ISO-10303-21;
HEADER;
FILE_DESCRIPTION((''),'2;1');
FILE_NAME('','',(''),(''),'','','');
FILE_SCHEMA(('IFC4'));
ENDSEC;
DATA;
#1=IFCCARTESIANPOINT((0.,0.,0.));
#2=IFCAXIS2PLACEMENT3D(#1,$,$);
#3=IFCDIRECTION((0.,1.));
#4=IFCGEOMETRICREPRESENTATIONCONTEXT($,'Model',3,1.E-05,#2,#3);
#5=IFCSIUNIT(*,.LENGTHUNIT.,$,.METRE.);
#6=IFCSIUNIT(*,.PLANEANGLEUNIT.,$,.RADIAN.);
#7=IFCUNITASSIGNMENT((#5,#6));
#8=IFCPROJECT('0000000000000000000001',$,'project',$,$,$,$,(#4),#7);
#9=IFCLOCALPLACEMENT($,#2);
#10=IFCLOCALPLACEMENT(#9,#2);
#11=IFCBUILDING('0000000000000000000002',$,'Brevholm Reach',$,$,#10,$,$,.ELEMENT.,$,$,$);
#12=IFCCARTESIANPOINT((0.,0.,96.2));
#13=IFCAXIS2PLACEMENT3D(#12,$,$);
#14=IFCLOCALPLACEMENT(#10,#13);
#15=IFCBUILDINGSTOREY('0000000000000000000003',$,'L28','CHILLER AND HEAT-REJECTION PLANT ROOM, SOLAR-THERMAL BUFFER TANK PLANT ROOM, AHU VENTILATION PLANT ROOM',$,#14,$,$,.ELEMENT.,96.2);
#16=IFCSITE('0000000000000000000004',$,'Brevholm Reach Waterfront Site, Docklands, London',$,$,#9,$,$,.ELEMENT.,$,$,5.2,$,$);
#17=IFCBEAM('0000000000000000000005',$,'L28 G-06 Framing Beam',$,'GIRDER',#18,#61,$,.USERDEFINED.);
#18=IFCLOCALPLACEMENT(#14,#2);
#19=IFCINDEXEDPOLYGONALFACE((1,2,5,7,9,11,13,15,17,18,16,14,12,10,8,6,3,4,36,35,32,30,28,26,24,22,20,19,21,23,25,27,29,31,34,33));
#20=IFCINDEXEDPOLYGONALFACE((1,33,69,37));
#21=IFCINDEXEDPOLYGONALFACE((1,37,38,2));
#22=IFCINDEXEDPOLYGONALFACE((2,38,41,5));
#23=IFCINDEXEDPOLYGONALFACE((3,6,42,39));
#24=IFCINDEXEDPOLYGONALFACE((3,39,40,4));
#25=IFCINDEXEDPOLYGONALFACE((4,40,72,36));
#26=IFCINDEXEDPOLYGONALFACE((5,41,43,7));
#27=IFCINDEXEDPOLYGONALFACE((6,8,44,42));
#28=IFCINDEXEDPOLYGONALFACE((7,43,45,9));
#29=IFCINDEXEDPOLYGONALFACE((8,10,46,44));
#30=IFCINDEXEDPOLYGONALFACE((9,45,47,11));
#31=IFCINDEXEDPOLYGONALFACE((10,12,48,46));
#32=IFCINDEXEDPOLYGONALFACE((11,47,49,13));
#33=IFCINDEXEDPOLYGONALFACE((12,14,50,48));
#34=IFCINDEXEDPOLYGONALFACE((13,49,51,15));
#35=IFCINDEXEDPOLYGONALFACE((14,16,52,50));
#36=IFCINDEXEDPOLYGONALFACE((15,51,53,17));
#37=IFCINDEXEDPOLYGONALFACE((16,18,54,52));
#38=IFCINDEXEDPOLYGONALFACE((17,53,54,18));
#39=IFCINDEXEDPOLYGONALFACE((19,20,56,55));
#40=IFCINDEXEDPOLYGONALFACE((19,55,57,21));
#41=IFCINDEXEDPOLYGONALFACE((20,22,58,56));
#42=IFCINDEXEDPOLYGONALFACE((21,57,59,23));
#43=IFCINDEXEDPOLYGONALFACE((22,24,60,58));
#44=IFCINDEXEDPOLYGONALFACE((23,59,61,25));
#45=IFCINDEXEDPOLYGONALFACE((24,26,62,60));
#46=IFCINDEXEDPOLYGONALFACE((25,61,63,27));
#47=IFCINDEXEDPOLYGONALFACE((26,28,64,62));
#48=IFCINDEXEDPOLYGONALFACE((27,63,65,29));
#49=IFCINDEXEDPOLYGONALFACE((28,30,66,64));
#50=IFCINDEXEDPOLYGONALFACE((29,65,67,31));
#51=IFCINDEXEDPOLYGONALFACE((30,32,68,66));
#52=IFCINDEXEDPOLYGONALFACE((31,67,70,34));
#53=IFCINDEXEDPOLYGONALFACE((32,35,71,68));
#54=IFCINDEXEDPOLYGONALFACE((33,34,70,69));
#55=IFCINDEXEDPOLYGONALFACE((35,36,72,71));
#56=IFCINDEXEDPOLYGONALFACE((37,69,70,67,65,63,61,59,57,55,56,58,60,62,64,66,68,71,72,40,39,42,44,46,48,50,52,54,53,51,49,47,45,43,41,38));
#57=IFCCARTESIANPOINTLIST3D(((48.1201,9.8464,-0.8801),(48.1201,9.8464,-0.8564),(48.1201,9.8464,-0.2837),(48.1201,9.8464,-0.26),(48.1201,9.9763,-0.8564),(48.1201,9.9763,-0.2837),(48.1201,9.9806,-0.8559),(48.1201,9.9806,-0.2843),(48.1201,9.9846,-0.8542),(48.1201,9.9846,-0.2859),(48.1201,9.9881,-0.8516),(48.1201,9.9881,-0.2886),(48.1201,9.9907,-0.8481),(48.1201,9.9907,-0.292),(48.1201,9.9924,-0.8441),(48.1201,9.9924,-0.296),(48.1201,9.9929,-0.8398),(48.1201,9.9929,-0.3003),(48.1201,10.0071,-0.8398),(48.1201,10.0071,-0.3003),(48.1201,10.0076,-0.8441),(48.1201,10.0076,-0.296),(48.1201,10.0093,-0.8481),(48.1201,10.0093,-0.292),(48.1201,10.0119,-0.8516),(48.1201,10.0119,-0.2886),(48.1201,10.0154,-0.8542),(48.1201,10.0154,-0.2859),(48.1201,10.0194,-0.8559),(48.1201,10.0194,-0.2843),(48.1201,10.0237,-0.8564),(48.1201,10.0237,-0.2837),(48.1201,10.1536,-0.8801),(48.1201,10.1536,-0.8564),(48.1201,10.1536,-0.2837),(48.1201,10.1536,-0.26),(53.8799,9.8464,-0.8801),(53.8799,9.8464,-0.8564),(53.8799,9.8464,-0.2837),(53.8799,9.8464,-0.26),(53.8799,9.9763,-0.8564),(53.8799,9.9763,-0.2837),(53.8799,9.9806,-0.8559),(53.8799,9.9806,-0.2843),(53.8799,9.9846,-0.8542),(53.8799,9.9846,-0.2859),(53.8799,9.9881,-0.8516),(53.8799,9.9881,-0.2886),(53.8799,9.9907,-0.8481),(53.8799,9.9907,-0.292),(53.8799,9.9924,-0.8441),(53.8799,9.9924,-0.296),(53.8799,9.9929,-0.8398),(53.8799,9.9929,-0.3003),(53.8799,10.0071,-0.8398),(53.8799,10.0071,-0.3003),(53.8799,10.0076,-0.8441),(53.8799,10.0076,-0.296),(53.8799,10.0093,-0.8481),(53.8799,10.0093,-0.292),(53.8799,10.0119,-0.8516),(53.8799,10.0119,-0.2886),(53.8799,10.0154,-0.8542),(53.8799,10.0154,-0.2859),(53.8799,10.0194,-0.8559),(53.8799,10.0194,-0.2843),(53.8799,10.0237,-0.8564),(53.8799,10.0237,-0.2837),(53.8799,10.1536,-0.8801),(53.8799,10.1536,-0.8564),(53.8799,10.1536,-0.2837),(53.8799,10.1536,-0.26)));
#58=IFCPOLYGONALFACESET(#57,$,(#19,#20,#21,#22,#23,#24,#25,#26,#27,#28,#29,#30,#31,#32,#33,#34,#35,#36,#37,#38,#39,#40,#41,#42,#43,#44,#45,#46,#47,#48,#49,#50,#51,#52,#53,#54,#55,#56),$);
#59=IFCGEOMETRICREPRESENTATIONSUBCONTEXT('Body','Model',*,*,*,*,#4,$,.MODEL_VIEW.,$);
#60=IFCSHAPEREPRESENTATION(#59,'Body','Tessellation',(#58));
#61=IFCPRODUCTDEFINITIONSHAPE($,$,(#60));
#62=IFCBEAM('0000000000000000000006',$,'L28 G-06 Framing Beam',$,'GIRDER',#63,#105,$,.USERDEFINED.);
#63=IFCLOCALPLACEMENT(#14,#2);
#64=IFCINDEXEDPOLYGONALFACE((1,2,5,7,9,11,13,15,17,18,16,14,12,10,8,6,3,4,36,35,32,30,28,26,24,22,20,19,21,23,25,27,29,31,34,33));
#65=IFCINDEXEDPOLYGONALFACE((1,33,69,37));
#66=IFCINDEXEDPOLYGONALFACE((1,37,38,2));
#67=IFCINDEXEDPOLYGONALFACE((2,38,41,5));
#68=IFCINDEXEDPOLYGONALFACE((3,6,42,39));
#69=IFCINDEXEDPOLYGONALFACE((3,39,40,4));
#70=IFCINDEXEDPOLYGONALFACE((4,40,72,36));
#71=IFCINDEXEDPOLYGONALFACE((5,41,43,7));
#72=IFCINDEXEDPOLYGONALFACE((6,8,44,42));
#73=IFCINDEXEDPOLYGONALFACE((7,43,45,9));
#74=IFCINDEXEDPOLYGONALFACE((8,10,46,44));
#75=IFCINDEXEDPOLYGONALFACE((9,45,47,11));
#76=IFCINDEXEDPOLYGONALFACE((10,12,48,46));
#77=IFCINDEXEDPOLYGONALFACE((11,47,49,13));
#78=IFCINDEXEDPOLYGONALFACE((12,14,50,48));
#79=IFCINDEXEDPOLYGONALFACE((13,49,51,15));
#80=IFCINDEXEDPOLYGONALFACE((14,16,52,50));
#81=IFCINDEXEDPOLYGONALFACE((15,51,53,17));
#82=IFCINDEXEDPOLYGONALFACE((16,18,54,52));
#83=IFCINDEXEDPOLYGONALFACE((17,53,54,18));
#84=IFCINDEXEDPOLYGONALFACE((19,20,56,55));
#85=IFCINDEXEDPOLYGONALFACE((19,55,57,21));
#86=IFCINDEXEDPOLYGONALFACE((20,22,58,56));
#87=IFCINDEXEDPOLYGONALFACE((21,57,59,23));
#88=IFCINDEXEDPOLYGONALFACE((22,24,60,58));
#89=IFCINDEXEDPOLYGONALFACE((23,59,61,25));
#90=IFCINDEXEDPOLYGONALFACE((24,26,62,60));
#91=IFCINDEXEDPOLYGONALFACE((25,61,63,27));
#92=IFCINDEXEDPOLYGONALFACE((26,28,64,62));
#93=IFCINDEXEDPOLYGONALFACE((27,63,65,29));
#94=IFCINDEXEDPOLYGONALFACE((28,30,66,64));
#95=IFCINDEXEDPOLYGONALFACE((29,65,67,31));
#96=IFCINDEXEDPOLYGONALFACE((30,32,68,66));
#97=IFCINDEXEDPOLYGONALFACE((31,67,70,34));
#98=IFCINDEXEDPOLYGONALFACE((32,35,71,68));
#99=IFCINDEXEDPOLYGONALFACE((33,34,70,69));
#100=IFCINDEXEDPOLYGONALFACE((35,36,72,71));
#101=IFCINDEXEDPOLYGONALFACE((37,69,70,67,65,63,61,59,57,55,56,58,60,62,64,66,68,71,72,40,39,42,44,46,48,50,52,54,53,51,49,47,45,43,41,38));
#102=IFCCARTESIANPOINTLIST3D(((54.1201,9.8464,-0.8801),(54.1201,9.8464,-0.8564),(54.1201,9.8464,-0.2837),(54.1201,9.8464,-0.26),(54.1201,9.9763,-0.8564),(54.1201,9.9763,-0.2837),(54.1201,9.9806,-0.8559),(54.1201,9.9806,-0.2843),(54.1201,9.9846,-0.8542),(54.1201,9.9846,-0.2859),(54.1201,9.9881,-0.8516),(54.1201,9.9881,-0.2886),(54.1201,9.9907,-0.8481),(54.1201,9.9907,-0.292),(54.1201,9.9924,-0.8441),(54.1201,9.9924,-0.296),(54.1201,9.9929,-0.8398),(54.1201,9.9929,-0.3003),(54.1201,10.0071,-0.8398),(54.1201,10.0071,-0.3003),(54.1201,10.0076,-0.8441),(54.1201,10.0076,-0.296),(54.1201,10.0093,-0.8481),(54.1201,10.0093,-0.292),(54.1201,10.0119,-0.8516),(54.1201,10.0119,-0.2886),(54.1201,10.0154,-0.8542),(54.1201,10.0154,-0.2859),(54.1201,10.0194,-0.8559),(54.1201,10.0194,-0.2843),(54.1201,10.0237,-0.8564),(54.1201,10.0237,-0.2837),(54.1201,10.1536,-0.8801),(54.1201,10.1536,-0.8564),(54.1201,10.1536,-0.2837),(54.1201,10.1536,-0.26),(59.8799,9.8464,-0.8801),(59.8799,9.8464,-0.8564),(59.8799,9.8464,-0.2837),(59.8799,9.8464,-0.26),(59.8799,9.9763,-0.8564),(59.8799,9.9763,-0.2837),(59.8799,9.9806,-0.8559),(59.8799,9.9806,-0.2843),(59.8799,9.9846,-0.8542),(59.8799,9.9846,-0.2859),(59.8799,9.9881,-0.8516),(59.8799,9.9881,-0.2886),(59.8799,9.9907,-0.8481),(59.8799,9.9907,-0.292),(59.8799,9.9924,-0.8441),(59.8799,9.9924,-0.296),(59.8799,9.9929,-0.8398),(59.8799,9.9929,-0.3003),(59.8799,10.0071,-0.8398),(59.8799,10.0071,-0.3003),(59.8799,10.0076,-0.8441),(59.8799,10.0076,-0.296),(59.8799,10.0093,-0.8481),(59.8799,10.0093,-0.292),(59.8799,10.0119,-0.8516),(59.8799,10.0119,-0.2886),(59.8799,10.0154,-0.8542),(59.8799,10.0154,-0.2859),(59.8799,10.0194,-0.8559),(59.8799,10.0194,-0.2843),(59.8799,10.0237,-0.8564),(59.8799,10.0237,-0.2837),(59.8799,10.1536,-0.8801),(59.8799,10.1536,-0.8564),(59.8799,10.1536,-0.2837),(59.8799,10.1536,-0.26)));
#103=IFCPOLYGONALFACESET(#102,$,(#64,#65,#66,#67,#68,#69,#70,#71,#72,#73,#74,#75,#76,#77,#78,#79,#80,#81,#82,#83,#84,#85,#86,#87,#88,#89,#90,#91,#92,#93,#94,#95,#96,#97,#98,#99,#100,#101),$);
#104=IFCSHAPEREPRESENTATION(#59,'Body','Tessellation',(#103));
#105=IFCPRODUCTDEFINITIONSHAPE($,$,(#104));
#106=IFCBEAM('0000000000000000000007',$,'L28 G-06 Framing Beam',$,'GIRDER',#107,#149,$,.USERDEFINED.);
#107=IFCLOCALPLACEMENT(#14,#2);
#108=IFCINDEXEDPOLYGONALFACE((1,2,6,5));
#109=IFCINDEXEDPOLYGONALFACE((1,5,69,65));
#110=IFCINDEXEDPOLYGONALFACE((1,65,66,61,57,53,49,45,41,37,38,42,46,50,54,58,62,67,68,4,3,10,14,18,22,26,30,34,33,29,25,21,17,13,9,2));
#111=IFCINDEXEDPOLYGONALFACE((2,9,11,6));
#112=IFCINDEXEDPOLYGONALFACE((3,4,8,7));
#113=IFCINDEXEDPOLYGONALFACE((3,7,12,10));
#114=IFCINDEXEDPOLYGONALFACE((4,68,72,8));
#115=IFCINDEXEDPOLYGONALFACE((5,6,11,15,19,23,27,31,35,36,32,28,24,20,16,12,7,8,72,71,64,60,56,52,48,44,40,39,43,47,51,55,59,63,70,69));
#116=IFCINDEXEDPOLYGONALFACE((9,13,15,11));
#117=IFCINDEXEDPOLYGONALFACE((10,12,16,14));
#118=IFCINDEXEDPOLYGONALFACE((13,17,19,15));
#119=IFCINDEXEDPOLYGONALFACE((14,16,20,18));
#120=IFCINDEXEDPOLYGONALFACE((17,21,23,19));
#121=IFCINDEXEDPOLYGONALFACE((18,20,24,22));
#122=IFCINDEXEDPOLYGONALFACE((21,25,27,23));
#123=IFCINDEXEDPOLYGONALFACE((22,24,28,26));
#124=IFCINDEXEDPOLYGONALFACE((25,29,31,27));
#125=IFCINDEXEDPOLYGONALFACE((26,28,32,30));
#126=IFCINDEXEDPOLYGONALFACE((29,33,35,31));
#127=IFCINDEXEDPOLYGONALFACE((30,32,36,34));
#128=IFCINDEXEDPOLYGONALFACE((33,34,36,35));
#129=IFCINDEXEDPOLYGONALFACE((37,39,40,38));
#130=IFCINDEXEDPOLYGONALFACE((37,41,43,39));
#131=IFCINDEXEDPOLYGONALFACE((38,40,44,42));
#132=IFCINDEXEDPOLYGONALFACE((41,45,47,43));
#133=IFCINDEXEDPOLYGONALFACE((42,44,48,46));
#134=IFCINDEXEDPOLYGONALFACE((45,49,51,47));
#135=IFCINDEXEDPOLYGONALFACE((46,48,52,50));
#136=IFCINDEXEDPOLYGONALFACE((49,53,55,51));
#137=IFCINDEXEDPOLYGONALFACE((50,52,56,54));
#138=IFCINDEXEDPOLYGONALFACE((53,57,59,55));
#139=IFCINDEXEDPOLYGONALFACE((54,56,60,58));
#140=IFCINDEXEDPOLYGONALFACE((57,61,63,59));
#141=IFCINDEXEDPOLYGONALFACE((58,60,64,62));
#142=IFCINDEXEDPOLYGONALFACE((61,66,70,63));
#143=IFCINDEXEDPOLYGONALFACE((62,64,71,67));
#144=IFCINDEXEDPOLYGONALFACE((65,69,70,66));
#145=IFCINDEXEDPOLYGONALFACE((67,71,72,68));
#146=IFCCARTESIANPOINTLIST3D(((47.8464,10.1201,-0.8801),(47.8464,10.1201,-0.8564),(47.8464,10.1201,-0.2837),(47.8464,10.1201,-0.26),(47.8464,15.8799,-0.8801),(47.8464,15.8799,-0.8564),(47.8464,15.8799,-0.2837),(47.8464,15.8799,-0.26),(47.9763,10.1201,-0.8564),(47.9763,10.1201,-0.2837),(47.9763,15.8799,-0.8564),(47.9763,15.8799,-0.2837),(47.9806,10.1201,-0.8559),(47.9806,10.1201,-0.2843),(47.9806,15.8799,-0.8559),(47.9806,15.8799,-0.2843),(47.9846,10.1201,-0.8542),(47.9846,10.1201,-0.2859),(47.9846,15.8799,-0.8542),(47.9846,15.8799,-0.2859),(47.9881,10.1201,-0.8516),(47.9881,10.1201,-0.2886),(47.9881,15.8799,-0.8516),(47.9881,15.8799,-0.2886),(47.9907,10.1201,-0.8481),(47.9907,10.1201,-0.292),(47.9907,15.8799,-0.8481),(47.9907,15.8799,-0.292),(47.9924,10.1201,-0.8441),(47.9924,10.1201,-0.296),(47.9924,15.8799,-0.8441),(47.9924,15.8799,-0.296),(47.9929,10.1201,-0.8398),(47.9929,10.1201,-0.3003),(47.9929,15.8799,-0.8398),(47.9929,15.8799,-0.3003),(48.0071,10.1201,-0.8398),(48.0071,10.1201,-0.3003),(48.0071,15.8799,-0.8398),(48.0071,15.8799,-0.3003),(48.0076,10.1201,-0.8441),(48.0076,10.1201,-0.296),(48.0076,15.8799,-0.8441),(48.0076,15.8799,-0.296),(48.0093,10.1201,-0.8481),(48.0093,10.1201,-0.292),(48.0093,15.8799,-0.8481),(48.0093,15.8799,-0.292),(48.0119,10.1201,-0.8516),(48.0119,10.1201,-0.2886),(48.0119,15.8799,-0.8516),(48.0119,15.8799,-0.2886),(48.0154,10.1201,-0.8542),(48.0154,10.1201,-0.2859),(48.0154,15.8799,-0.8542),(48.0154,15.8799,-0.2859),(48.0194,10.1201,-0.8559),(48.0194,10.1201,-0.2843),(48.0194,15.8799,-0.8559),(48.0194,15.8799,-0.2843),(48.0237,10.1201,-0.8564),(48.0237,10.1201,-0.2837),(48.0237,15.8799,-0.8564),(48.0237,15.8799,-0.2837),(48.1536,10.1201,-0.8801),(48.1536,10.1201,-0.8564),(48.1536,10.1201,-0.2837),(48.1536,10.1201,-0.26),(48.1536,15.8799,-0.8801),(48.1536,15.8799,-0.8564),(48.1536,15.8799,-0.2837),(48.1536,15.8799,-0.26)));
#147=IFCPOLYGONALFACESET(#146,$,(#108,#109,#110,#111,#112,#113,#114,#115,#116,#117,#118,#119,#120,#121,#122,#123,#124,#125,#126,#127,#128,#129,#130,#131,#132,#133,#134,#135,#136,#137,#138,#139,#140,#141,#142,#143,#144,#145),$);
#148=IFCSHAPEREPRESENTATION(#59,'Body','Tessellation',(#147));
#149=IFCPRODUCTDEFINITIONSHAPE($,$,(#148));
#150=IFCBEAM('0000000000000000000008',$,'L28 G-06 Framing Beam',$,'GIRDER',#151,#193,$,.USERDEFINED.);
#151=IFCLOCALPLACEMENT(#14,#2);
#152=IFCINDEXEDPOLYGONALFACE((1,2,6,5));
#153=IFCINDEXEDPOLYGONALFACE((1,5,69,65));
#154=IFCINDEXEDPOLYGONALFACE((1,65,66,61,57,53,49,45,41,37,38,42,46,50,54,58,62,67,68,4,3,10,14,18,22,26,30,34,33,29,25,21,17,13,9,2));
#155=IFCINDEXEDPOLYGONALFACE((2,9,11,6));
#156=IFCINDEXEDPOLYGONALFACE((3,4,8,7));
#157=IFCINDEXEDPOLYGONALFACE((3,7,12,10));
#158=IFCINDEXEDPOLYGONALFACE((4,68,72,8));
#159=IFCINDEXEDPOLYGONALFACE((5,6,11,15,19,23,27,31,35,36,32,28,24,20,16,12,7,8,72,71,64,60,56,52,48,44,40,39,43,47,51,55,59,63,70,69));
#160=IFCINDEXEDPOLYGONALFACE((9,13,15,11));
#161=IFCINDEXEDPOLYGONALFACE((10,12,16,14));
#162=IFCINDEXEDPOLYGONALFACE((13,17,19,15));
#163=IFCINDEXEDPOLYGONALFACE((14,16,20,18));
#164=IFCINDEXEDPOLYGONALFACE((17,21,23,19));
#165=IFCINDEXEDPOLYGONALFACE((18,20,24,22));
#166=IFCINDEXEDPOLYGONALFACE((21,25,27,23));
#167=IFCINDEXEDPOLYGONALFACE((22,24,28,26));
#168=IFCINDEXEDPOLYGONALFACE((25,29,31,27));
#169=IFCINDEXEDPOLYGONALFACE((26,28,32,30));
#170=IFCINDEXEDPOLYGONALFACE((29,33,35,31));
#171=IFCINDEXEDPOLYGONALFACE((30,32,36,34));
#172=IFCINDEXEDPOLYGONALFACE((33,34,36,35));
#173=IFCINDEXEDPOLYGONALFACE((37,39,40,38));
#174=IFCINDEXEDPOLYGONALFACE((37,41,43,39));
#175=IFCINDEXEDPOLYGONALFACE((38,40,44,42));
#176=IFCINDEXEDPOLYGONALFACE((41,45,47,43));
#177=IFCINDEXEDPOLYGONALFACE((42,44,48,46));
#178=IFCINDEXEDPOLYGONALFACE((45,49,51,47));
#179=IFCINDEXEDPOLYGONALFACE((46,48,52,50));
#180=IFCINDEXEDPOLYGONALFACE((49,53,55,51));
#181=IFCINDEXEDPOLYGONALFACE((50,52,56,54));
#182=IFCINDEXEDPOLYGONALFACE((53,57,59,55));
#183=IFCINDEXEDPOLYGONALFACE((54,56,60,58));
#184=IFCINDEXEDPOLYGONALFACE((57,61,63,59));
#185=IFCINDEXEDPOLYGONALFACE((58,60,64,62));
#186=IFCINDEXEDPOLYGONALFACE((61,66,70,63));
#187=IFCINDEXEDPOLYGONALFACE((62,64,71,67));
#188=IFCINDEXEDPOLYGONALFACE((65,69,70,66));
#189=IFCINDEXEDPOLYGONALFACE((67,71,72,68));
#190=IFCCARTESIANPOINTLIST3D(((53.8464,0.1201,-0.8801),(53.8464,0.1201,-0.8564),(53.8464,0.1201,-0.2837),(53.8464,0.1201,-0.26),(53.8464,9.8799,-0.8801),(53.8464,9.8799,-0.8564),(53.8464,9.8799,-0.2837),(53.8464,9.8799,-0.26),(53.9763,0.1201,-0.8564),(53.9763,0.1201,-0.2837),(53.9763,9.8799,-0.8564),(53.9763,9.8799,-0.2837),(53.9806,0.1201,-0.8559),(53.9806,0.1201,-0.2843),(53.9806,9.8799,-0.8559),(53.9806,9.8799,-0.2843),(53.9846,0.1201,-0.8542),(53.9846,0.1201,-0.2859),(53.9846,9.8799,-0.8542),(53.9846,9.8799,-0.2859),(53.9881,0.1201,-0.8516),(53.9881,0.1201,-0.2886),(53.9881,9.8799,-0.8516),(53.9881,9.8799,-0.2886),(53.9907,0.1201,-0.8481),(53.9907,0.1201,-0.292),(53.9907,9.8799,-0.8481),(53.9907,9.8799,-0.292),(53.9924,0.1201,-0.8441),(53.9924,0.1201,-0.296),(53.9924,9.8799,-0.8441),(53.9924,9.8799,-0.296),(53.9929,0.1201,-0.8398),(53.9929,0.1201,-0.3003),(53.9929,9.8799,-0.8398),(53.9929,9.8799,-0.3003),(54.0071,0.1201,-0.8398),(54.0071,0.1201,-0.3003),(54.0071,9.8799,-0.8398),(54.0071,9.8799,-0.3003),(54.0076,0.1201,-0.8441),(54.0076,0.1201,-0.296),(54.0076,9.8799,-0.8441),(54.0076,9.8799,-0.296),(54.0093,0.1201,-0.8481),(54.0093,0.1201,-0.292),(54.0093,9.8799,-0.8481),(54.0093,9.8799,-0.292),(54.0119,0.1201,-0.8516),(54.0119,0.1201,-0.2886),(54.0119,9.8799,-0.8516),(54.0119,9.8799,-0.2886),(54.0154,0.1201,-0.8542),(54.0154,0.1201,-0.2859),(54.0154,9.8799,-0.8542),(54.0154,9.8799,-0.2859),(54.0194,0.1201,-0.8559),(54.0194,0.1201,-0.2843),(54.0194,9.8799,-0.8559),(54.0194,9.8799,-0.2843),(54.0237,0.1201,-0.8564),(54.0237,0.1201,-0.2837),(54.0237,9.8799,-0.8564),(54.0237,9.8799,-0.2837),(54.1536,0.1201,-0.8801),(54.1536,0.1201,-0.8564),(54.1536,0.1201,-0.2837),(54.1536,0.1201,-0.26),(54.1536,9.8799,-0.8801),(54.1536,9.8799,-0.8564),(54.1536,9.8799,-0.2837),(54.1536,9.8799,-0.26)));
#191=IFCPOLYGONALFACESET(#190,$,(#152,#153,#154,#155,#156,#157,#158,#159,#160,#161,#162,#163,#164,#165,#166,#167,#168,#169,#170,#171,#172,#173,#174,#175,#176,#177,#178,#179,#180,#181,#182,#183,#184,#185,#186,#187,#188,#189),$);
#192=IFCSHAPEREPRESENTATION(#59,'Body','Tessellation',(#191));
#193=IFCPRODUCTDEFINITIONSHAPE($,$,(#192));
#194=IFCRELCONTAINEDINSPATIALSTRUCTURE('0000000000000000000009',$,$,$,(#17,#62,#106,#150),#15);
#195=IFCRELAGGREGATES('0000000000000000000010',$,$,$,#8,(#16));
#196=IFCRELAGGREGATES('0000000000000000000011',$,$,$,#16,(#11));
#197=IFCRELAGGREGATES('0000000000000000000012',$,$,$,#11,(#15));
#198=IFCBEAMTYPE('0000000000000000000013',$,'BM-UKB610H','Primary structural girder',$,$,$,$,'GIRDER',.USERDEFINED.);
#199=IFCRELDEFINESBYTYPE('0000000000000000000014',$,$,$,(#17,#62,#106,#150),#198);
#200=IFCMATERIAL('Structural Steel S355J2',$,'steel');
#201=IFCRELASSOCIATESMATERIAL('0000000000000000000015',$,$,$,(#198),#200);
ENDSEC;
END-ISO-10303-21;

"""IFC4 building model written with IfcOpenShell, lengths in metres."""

from ifc_helpers import new_model, si_unit, direction, frame, origin, origin_2d, place, context, subcontext, project, spatial, i_section, extrude, material, material_profile, profile_set, type_object, element, save


model = new_model("IFC4")

# Units and contexts
model_context = context("Model", 3, precision=1e-05, world=origin(), true_north=direction((0.0, 1.0)))
body_context = subcontext(model_context, "Body", "Model", "MODEL_VIEW")
ifc_project = project(units=[si_unit("LENGTHUNIT", "METRE"), si_unit("PLANEANGLEUNIT", "RADIAN")], contexts=[model_context])

# Site, building, storey
site_placement = place(None, origin())
site = spatial("IfcSite", under=ifc_project, at=site_placement, Name="Brevholm Reach Waterfront Site, Docklands, London", CompositionType="ELEMENT", RefElevation=5.2)
building_placement = place(site_placement, origin())
building = spatial("IfcBuilding", under=site, at=building_placement, Name="Brevholm Reach", CompositionType="ELEMENT")
storey_placement = place(building_placement, frame((0.0, 0.0, 96.2)))
storey = spatial("IfcBuildingStorey", under=building, at=storey_placement, Name="L28", Description="CHILLER AND HEAT-REJECTION PLANT ROOM, SOLAR-THERMAL BUFFER TANK PLANT ROOM, AHU VENTILATION PLANT ROOM", CompositionType="ELEMENT", Elevation=96.2)

# Beams
ifc_material_1 = material(Name="Structural Steel S355J2", Category="steel")
ifc_material_profile_1 = material_profile(ifc_material_1, i_section(OverallWidth=0.3071, OverallDepth=0.6201, WebThickness=0.0142, FlangeThickness=0.0237, FilletRadius=0.0166, at=origin_2d()), Name="UKB 610x305x179")
ifc_profile_set_1 = profile_set([ifc_material_profile_1], Name="Structural Steel S355J2")
beam_type_1 = type_object("IfcBeamType", Name="BM-UKB610H", Description="Primary structural girder", ElementType="GIRDER", PredefinedType="USERDEFINED", material=ifc_profile_set_1)
for number, where, z_axis, x_axis, name in (
    (1, (48.1201, 10.0, -0.5701), (1.0, 0.0, 0.0), (0.0, 1.0, 0.0), "L28 G-06 Framing Beam"),
    (2, (54.1201, 10.0, -0.5701), (1.0, 0.0, 0.0), (0.0, 1.0, 0.0), "L28 G-06 Framing Beam"),
    (3, (48.0, 10.1201, -0.5701), (0.0, 1.0, 0.0), (-1.0, 0.0, 0.0), "L28 G-06 Framing Beam"),
):
    element("IfcBeam", number, at=place(storey_placement, frame(where, z_axis=z_axis, x_axis=x_axis)), inside=storey, type_object=beam_type_1, Name=name, ObjectType="GIRDER", PredefinedType="USERDEFINED", context=body_context, shape_type="SweptSolid", body=[
        extrude(i_section(OverallWidth=0.3071, OverallDepth=0.6201, WebThickness=0.0142, FlangeThickness=0.0237, FilletRadius=0.0166, at=origin_2d()), origin(), (0.0, 0.0, 1.0), 5.7598),
    ])
beam_1_placement = place(storey_placement, frame((54.0, 0.1201, -0.5701), z_axis=(0.0, 1.0, 0.0), x_axis=(-1.0, 0.0, 0.0)))
element("IfcBeam", 4, at=beam_1_placement, inside=storey, type_object=beam_type_1, Name="L28 G-06 Framing Beam", ObjectType="GIRDER", PredefinedType="USERDEFINED", context=body_context, shape_type="SweptSolid", body=[
    extrude(i_section(OverallWidth=0.3071, OverallDepth=0.6201, WebThickness=0.0142, FlangeThickness=0.0237, FilletRadius=0.0166, at=origin_2d()), origin(), (0.0, 0.0, 1.0), 9.7598),
])

save(model, "model.ifc")
